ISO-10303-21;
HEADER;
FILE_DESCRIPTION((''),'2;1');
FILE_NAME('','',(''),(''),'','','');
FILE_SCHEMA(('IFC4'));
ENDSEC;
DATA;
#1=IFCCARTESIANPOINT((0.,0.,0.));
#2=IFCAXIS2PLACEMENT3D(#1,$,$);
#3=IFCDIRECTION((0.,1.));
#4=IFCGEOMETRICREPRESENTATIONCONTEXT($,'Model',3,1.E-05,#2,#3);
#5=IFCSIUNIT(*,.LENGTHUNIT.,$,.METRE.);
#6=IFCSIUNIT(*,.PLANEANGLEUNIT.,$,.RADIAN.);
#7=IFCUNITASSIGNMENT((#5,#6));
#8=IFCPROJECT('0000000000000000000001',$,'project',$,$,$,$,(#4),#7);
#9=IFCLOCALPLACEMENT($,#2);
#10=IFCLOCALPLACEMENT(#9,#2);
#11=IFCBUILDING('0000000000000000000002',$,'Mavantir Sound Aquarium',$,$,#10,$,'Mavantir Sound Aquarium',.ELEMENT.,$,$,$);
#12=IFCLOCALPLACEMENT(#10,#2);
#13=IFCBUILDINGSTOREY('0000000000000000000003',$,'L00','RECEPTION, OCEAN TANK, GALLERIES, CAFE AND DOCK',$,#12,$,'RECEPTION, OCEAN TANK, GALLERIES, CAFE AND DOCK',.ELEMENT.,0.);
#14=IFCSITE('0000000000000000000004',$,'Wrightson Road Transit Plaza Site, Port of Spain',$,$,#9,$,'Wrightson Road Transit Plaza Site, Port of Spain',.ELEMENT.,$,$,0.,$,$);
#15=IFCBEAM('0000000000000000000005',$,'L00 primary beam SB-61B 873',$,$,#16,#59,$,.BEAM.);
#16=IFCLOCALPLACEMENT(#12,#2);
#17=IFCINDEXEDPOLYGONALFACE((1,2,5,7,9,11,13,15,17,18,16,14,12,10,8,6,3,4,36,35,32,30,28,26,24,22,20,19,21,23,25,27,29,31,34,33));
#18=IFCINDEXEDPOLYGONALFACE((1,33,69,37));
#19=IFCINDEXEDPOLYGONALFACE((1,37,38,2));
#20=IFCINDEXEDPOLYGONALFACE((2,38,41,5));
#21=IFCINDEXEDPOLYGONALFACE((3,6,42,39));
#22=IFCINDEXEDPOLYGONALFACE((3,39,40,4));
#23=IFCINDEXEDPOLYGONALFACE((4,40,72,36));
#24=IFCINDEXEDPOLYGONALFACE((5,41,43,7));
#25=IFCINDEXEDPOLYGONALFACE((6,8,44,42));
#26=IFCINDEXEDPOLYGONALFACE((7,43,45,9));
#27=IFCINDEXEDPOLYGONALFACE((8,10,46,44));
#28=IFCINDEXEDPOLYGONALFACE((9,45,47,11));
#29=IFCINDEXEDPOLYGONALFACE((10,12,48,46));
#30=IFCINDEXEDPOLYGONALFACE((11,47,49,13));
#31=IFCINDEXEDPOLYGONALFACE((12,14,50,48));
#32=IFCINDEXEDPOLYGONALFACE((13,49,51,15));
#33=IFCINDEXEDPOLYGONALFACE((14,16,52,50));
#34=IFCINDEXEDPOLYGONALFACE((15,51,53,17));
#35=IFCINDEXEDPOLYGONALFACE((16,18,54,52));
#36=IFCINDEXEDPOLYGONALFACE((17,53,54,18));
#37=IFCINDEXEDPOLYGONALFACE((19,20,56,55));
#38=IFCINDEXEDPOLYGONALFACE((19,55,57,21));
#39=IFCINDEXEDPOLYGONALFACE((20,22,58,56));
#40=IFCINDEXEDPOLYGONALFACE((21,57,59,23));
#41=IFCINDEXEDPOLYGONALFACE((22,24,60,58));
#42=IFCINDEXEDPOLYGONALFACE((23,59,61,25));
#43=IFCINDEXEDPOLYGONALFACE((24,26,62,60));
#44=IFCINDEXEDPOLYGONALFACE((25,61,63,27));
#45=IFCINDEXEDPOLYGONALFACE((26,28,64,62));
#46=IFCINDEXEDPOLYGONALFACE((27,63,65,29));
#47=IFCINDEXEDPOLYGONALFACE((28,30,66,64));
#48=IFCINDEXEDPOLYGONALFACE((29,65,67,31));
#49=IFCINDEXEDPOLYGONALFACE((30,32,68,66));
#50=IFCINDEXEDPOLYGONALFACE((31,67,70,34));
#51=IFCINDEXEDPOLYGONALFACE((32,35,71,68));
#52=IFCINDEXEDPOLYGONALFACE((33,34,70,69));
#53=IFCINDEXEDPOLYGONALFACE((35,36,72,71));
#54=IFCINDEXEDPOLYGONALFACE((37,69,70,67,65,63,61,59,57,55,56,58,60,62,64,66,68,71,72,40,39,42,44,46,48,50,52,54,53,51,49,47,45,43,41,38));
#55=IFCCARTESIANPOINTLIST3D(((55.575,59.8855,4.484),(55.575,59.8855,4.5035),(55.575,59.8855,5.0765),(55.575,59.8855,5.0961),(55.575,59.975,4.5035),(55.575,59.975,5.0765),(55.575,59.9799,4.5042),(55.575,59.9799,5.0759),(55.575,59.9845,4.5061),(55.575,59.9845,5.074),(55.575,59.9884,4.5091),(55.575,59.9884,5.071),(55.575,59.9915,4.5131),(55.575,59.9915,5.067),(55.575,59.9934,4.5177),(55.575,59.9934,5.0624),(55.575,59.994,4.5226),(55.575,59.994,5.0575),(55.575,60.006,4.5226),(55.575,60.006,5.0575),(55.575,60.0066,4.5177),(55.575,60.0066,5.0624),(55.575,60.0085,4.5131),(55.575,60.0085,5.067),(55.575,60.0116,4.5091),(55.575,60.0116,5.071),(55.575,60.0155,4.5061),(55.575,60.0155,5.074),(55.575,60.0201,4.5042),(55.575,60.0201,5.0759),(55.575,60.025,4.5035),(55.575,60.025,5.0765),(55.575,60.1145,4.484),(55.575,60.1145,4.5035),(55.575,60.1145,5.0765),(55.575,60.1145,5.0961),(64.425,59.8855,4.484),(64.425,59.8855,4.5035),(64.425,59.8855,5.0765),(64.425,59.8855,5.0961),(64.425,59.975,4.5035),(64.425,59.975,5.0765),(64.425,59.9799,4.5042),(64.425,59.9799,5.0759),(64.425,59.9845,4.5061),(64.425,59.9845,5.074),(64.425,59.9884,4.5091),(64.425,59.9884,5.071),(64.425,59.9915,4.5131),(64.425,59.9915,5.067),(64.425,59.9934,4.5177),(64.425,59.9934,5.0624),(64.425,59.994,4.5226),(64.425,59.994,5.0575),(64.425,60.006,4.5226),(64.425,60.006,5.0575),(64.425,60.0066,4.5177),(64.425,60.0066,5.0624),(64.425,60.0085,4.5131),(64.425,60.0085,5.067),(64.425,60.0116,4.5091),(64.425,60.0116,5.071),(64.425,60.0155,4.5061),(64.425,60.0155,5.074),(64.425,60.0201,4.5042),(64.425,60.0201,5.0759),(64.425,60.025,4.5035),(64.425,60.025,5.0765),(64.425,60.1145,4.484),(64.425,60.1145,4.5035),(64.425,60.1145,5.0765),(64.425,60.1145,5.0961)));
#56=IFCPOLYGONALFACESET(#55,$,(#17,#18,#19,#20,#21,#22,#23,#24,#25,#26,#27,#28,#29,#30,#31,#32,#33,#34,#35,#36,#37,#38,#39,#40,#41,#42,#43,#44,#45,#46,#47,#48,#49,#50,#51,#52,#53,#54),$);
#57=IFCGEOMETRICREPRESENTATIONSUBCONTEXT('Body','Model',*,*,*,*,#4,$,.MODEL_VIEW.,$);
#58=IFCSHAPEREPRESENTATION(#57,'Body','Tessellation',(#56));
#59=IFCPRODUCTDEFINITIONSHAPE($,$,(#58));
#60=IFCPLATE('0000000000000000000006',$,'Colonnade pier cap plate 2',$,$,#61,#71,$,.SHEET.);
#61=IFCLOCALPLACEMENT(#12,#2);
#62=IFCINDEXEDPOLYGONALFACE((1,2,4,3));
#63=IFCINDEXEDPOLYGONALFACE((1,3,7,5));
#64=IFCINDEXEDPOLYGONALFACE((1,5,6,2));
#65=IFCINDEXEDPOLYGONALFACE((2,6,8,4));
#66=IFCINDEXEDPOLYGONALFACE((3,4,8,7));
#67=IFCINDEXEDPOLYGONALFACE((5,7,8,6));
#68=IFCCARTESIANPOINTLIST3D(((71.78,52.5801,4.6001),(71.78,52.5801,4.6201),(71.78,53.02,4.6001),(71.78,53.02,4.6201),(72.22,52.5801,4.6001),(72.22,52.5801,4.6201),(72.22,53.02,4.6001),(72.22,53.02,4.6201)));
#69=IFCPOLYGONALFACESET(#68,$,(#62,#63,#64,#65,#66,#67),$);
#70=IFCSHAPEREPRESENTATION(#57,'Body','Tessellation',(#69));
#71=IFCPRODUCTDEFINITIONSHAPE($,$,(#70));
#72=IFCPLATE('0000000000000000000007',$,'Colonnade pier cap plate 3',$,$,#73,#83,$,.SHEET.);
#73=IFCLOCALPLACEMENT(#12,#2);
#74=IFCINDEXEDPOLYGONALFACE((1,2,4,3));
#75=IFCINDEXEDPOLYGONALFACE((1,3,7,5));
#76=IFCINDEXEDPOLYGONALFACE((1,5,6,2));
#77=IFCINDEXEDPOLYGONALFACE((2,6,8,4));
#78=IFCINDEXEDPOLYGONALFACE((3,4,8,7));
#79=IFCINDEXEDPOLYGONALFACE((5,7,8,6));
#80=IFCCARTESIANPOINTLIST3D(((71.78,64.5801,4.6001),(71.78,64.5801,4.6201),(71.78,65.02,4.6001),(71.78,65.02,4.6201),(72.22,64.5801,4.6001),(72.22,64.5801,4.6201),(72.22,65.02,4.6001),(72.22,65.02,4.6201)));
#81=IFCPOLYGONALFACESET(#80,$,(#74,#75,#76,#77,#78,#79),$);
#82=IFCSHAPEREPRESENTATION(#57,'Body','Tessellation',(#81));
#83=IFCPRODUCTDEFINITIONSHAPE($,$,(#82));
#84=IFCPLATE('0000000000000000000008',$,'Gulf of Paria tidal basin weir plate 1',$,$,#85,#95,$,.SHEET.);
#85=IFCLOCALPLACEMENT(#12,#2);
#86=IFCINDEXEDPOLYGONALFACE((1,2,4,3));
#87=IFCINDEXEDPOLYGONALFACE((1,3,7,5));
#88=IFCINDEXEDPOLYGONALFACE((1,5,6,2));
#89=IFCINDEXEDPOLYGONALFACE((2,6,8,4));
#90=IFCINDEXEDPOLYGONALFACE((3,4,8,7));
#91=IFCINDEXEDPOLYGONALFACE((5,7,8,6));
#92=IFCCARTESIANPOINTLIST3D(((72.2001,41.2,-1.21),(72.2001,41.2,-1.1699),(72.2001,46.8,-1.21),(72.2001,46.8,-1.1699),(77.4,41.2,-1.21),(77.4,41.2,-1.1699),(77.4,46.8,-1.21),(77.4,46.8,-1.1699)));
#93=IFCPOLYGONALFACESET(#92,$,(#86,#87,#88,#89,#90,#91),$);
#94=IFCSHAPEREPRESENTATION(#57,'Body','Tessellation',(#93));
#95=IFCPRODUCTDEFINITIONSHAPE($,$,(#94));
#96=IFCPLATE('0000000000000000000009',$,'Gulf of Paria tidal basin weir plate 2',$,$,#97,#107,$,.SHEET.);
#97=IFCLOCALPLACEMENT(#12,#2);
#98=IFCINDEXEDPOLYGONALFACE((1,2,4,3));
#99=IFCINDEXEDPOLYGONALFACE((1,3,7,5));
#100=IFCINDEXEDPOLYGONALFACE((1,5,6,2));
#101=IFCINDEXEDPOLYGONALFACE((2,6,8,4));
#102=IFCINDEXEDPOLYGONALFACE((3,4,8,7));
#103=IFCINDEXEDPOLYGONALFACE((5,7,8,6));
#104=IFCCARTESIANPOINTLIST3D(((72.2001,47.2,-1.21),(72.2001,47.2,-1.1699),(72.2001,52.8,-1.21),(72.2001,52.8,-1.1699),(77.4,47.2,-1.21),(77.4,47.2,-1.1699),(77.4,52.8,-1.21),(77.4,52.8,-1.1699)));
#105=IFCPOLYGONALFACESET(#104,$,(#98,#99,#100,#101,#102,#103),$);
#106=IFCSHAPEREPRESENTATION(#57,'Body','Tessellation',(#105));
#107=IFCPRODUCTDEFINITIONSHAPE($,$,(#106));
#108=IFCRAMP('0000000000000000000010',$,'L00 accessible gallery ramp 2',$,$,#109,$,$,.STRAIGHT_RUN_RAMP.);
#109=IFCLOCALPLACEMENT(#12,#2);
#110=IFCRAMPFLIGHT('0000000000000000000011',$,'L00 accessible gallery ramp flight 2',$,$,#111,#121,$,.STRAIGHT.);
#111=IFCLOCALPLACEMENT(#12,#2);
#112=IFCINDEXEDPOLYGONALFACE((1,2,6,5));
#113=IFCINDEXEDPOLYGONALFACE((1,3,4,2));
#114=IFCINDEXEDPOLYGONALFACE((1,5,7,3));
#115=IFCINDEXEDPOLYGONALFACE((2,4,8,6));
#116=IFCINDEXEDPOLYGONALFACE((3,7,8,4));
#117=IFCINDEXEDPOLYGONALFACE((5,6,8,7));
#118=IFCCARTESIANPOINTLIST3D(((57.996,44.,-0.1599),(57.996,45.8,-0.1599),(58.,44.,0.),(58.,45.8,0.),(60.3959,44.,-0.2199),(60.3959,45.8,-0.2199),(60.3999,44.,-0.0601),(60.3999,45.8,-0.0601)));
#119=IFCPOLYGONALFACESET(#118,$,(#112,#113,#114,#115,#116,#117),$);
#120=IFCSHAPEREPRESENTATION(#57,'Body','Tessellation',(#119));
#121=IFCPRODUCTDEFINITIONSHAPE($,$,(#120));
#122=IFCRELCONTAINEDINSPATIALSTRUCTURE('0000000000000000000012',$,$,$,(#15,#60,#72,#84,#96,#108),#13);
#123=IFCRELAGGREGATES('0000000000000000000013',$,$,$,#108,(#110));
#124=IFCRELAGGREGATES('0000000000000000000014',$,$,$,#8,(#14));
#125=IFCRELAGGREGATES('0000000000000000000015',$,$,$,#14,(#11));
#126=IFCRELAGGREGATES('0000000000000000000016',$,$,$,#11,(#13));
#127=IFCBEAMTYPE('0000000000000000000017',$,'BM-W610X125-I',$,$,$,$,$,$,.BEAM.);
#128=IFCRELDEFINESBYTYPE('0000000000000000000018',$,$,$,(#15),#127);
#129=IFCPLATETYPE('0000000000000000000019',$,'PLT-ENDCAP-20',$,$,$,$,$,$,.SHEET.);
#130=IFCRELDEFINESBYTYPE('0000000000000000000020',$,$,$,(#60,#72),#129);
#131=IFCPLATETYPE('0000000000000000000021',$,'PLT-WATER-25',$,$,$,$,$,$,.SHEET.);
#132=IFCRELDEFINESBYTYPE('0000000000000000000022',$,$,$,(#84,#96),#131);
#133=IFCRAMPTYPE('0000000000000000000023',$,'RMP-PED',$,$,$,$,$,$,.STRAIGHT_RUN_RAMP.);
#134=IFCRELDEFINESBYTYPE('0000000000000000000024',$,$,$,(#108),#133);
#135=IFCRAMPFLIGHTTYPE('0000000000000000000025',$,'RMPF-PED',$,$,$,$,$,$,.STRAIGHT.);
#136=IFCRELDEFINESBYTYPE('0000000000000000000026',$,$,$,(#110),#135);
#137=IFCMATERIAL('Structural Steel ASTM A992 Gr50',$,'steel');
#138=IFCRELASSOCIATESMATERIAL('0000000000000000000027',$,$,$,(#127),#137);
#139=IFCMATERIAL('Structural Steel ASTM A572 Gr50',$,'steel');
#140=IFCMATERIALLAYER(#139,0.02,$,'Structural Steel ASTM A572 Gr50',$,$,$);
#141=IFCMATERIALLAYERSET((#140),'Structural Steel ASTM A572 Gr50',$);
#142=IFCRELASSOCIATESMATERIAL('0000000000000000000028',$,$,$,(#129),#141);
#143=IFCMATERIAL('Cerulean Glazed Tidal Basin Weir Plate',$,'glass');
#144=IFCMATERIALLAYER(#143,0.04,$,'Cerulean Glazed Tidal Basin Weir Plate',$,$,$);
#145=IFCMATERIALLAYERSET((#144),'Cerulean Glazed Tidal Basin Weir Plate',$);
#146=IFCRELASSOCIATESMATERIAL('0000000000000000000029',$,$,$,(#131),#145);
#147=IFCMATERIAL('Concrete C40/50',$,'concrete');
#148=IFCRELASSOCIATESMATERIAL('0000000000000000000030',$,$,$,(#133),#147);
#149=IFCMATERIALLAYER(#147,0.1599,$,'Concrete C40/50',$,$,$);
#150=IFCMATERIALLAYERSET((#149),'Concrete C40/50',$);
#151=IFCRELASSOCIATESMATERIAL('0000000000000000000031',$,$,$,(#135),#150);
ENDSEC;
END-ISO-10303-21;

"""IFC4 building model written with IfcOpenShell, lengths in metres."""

from ifc_helpers import new_model, si_unit, direction, frame, origin, origin_2d, place, context, subcontext, project, spatial, polyline, rectangle, i_section, outline, extrude, material, layer, layer_set, material_profile, profile_set, type_object, element, aggregate, save


model = new_model("IFC4")

# Units and contexts
model_context = context("Model", 3, precision=1e-05, world=origin(), true_north=direction((0.0, 1.0)))
body_context = subcontext(model_context, "Body", "Model", "MODEL_VIEW")
ifc_project = project(units=[si_unit("LENGTHUNIT", "METRE"), si_unit("PLANEANGLEUNIT", "RADIAN")], contexts=[model_context])

# Site, building, storey
site_placement = place(None, origin())
site = spatial("IfcSite", under=ifc_project, at=site_placement, Name="Wrightson Road Transit Plaza Site, Port of Spain", LongName="Wrightson Road Transit Plaza Site, Port of Spain", CompositionType="ELEMENT", RefElevation=0.0)
building_placement = place(site_placement, origin())
building = spatial("IfcBuilding", under=site, at=building_placement, Name="Mavantir Sound Aquarium", LongName="Mavantir Sound Aquarium", CompositionType="ELEMENT")
storey_placement = place(building_placement, origin())
storey = spatial("IfcBuildingStorey", under=building, at=storey_placement, Name="L00", Description="RECEPTION, OCEAN TANK, GALLERIES, CAFE AND DOCK", LongName="RECEPTION, OCEAN TANK, GALLERIES, CAFE AND DOCK", CompositionType="ELEMENT", Elevation=0.0)

# Shared definitions
ifc_material_1 = material(Name="Concrete C40/50", Category="concrete")

# Beam
ifc_material_2 = material(Name="Structural Steel ASTM A992 Gr50", Category="steel")
ifc_material_profile_1 = material_profile(ifc_material_2, i_section(OverallWidth=0.229, OverallDepth=0.6121, WebThickness=0.012, FlangeThickness=0.0195, FilletRadius=0.019, at=origin_2d()), Name="W610X125")
ifc_profile_set_1 = profile_set([ifc_material_profile_1], Name="Structural Steel ASTM A992 Gr50")
beam_type_1 = type_object("IfcBeamType", Name="BM-W610X125-I", PredefinedType="BEAM", material=ifc_profile_set_1)
beam_1_placement = place(storey_placement, frame((55.575, 60.0, 4.79), z_axis=(1.0, 0.0, 0.0), x_axis=(0.0, 1.0, 0.0)))
element("IfcBeam", 1, at=beam_1_placement, inside=storey, type_object=beam_type_1, Name="L00 primary beam SB-61B 873", PredefinedType="BEAM", context=body_context, shape_type="SweptSolid", body=[
    extrude(i_section(OverallWidth=0.229, OverallDepth=0.6121, WebThickness=0.012, FlangeThickness=0.0195, FilletRadius=0.019, at=origin_2d()), origin(), (0.0, 0.0, 1.0), 8.8501),
])

# Plates
ifc_material_3 = material(Name="Structural Steel ASTM A572 Gr50", Category="steel")
ifc_layer_1 = layer(ifc_material_3, 0.02, Name="Structural Steel ASTM A572 Gr50")
ifc_layer_set_1 = layer_set([ifc_layer_1], Name="Structural Steel ASTM A572 Gr50")
plate_type_1 = type_object("IfcPlateType", Name="PLT-ENDCAP-20", PredefinedType="SHEET", material=ifc_layer_set_1)
for number, where, z_axis, x_axis, name in (
    (2, (72.0, 52.8, 4.6001), (0.0, 0.0, 1.0), (1.0, 0.0, 0.0), "Colonnade pier cap plate 2"),
    (3, (72.0, 64.8, 4.6001), (0.0, 0.0, 1.0), (1.0, 0.0, 0.0), "Colonnade pier cap plate 3"),
):
    element("IfcPlate", number, at=place(storey_placement, frame(where, z_axis=z_axis, x_axis=x_axis)), inside=storey, type_object=plate_type_1, Name=name, PredefinedType="SHEET", context=body_context, shape_type="SweptSolid", body=[
        extrude(rectangle(XDim=0.4399, YDim=0.4399, at=origin_2d()), origin(), (0.0, 0.0, 1.0), 0.02),
    ])
ifc_material_4 = material(Name="Cerulean Glazed Tidal Basin Weir Plate", Category="glass")
ifc_layer_2 = layer(ifc_material_4, 0.04, Name="Cerulean Glazed Tidal Basin Weir Plate")
ifc_layer_set_2 = layer_set([ifc_layer_2], Name="Cerulean Glazed Tidal Basin Weir Plate")
plate_type_2 = type_object("IfcPlateType", Name="PLT-WATER-25", PredefinedType="SHEET", material=ifc_layer_set_2)
for number, where, z_axis, x_axis, name in (
    (4, (74.8, 44.0, -1.21), (0.0, 0.0, 1.0), (1.0, 0.0, 0.0), "Gulf of Paria tidal basin weir plate 1"),
    (5, (74.8, 50.0, -1.21), (0.0, 0.0, 1.0), (1.0, 0.0, 0.0), "Gulf of Paria tidal basin weir plate 2"),
):
    element("IfcPlate", number, at=place(storey_placement, frame(where, z_axis=z_axis, x_axis=x_axis)), inside=storey, type_object=plate_type_2, Name=name, PredefinedType="SHEET", context=body_context, shape_type="SweptSolid", body=[
        extrude(rectangle(XDim=5.2, YDim=5.6001, at=origin_2d()), origin(), (0.0, 0.0, 1.0), 0.04),
    ])

# Ramp, ramp flight
ramp_type = type_object("IfcRampType", Name="RMP-PED", PredefinedType="STRAIGHT_RUN_RAMP", material=ifc_material_1)
ramp_placement = place(storey_placement, origin())
ramp = element("IfcRamp", 6, at=ramp_placement, inside=storey, type_object=ramp_type, Name="L00 accessible gallery ramp 2", PredefinedType="STRAIGHT_RUN_RAMP")
ifc_layer_3 = layer(ifc_material_1, 0.1599, Name="Concrete C40/50")
ifc_layer_set_3 = layer_set([ifc_layer_3], Name="Concrete C40/50")
ramp_flight_type = type_object("IfcRampFlightType", Name="RMPF-PED", PredefinedType="STRAIGHT", material=ifc_layer_set_3)
ramp_flight_placement = place(storey_placement, frame((58.0, 44.0, 0.0), z_axis=(0.025018, 0.0, 0.999687), x_axis=(0.999687, 0.0, -0.025018)))
ramp_flight = element("IfcRampFlight", 7, at=ramp_flight_placement, type_object=ramp_flight_type, Name="L00 accessible gallery ramp flight 2", PredefinedType="STRAIGHT", context=body_context, shape_type="SweptSolid", body=[
    extrude(outline(polyline([(0.0, 0.0), (2.4007, 0.0), (2.4007, 1.8), (0.0, 1.8), (0.0, 0.0)])), origin(), (0.0, 0.0, -1.0), 0.1599),
])
aggregate(ramp, [ramp_flight])

save(model, "model.ifc")
